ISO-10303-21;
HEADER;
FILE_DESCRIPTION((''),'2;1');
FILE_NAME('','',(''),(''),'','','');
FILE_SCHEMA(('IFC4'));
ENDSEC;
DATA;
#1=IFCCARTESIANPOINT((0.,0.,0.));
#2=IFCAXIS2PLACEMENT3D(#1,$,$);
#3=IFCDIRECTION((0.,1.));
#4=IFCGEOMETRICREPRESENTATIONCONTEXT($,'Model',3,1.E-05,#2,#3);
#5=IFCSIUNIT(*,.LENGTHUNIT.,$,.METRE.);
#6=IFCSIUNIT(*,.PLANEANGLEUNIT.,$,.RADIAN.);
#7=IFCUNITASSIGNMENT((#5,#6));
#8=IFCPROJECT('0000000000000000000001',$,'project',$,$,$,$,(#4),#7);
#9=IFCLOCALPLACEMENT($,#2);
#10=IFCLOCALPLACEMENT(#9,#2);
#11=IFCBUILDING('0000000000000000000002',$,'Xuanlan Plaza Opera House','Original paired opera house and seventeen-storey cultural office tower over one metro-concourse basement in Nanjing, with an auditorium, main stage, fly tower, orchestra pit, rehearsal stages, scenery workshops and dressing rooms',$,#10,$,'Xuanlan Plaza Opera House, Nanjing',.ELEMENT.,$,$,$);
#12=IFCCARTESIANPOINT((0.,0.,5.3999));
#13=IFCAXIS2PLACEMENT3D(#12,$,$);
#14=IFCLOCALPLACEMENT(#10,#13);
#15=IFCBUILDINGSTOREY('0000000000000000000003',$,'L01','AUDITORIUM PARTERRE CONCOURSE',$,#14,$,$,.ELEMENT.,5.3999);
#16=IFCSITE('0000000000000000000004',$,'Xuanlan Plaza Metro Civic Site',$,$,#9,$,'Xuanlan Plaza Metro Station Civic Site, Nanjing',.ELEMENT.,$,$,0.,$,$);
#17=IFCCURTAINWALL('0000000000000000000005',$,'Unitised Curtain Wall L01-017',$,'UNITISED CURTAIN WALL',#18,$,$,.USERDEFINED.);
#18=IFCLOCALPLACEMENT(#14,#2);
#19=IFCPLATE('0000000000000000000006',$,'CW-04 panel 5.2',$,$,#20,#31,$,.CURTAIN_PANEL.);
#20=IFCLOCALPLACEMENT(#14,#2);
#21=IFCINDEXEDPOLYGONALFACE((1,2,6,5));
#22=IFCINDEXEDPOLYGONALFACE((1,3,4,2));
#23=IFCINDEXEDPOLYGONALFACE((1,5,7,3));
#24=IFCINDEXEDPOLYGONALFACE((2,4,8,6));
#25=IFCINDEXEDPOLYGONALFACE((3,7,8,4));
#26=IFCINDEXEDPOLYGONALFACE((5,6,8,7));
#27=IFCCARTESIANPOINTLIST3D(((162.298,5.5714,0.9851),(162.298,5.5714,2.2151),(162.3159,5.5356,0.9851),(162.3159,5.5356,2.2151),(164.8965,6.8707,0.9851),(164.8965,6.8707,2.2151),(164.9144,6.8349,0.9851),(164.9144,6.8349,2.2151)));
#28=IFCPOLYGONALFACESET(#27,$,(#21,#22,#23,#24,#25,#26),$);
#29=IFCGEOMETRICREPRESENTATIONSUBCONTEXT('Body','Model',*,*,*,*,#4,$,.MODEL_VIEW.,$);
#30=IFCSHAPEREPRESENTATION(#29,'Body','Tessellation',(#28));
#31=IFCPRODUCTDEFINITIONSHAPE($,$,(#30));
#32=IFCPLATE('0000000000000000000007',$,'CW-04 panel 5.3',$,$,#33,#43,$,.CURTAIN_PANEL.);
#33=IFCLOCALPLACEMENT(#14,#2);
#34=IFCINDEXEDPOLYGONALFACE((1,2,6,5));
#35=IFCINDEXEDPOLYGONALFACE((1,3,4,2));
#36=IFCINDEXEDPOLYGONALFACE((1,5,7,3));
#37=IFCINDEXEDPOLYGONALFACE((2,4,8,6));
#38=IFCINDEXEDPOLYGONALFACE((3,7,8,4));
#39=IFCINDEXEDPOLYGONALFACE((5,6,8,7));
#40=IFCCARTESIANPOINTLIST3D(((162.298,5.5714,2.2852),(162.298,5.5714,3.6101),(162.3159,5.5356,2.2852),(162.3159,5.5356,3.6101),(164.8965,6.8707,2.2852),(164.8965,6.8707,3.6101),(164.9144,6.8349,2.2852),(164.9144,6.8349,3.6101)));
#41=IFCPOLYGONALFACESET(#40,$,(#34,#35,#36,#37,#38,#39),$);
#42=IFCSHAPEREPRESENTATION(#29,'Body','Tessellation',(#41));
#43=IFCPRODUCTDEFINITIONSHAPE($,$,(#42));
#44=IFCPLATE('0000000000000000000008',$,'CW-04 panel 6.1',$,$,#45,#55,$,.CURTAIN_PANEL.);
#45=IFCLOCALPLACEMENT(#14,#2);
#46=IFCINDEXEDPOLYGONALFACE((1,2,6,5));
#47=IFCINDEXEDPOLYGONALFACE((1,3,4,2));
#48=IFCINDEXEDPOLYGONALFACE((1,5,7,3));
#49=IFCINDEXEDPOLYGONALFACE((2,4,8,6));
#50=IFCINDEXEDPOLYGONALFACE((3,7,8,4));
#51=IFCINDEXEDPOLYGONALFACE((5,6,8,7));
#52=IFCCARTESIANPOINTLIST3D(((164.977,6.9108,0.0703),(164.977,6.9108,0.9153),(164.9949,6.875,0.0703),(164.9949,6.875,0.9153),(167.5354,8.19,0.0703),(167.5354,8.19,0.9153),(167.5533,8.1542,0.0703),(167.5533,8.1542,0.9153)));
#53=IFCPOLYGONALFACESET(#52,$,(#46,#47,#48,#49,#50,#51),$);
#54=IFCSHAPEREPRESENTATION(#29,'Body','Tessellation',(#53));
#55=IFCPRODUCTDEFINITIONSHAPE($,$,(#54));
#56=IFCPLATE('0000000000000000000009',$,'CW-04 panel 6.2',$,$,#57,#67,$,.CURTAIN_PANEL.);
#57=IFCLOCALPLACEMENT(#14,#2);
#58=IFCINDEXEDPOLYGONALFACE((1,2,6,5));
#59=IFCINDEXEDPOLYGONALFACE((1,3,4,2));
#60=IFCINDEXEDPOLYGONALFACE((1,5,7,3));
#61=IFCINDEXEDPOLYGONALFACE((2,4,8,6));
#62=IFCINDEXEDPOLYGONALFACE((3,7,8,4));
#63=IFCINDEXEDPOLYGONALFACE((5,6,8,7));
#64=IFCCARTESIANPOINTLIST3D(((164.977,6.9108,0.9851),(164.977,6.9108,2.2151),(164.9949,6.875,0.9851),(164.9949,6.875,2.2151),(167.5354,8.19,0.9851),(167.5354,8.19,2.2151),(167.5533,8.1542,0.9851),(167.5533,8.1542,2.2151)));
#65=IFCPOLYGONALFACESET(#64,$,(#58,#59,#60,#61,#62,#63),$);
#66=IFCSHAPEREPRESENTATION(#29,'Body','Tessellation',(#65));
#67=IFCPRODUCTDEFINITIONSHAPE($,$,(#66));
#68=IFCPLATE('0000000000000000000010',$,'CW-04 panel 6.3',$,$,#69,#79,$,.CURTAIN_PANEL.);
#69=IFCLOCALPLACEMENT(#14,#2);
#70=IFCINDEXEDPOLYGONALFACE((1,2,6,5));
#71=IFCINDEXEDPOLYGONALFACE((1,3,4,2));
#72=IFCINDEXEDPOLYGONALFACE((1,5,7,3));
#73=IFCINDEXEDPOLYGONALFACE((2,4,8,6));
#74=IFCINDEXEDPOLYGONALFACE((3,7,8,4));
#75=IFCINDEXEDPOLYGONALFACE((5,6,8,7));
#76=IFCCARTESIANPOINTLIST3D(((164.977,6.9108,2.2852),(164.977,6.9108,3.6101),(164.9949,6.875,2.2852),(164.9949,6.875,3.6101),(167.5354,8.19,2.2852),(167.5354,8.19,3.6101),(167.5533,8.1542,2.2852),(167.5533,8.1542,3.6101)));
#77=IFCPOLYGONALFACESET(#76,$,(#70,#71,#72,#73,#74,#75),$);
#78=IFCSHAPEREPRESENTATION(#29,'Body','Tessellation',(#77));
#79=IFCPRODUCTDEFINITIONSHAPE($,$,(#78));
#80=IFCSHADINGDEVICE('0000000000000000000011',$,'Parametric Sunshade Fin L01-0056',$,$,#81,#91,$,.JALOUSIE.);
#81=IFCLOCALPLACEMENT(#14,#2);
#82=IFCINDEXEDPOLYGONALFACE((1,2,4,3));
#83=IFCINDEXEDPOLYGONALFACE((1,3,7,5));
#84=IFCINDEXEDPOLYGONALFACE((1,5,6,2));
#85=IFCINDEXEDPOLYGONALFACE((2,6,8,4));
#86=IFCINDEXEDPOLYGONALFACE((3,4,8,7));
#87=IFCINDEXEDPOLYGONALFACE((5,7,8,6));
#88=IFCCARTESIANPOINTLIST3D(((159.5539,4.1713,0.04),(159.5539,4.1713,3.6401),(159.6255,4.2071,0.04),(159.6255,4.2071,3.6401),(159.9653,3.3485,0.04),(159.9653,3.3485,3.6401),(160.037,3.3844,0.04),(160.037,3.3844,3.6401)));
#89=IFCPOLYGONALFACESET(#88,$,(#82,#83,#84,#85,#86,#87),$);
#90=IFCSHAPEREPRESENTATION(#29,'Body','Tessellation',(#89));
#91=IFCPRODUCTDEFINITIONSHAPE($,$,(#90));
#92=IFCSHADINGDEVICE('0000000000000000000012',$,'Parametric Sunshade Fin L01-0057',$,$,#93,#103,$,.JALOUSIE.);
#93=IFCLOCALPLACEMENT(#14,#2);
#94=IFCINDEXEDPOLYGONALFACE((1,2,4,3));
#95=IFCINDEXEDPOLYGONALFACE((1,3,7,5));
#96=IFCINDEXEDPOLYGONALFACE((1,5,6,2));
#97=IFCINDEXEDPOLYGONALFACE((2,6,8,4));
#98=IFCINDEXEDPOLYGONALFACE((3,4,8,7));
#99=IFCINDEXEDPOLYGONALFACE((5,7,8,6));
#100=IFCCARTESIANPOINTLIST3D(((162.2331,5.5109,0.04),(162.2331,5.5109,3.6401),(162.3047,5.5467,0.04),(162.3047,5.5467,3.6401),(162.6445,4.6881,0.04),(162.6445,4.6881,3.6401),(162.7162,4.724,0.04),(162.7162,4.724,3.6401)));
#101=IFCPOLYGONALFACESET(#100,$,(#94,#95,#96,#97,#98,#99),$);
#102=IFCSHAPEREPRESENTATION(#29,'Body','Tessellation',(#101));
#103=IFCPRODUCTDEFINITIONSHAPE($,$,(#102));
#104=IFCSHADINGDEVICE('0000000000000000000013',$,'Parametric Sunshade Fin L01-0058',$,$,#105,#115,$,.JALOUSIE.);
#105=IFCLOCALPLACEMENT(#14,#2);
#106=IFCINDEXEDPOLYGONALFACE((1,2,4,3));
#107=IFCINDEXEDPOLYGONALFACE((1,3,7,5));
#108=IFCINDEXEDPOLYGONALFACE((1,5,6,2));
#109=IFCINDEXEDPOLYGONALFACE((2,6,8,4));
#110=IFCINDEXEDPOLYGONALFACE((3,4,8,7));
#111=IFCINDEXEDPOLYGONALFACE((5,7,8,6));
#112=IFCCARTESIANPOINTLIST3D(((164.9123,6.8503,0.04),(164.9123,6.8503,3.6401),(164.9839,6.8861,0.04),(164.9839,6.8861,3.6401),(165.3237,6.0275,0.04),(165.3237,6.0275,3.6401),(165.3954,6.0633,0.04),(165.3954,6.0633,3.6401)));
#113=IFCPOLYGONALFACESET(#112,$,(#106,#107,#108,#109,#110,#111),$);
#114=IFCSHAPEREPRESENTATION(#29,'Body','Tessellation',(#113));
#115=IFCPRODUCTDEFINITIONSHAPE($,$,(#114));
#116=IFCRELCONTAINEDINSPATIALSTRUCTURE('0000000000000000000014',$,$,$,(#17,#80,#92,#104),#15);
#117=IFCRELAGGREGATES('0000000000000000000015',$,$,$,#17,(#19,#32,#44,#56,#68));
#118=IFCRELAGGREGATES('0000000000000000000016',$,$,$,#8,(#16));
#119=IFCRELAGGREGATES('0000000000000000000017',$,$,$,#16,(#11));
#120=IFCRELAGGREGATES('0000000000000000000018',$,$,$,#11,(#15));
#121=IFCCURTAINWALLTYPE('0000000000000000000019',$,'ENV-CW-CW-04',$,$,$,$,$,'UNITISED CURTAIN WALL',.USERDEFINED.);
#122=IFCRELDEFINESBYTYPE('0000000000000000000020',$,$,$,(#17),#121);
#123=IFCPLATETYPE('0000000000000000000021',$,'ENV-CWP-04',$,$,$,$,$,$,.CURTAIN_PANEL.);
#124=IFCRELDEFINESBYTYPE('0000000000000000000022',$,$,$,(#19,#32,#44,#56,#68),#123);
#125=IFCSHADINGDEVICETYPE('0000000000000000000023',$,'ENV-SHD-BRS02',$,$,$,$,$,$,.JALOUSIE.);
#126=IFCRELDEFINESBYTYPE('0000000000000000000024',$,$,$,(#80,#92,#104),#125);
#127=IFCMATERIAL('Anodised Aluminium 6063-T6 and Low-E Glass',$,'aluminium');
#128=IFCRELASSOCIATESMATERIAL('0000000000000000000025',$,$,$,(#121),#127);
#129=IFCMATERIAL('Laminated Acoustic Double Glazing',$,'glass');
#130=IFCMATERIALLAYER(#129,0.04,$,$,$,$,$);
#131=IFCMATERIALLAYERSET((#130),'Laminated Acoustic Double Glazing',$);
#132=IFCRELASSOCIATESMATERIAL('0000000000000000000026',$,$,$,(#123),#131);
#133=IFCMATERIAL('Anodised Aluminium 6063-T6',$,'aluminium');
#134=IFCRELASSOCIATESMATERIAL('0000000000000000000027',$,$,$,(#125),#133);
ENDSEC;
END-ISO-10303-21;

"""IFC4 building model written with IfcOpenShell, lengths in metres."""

from ifc_helpers import new_model, si_unit, direction, frame, origin, origin_2d, place, context, subcontext, project, spatial, rectangle, extrude, material, layer, layer_set, type_object, element, aggregate, save


model = new_model("IFC4")

# Units and contexts
model_context = context("Model", 3, precision=1e-05, world=origin(), true_north=direction((0.0, 1.0)))
body_context = subcontext(model_context, "Body", "Model", "MODEL_VIEW")
ifc_project = project(units=[si_unit("LENGTHUNIT", "METRE"), si_unit("PLANEANGLEUNIT", "RADIAN")], contexts=[model_context])

# Site, building, storey
site_placement = place(None, origin())
site = spatial("IfcSite", under=ifc_project, at=site_placement, Name="Xuanlan Plaza Metro Civic Site", LongName="Xuanlan Plaza Metro Station Civic Site, Nanjing", CompositionType="ELEMENT", RefElevation=0.0)
building_placement = place(site_placement, origin())
building = spatial("IfcBuilding", under=site, at=building_placement, Name="Xuanlan Plaza Opera House", Description="Original paired opera house and seventeen-storey cultural office tower over one metro-concourse basement in Nanjing, with an auditorium, main stage, fly tower, orchestra pit, rehearsal stages, scenery workshops and dressing rooms", LongName="Xuanlan Plaza Opera House, Nanjing", CompositionType="ELEMENT")
storey_placement = place(building_placement, frame((0.0, 0.0, 5.3999)))
storey = spatial("IfcBuildingStorey", under=building, at=storey_placement, Name="L01", Description="AUDITORIUM PARTERRE CONCOURSE", CompositionType="ELEMENT", Elevation=5.3999)

# Shared definitions
ifc_material_1 = material(Name="Anodised Aluminium 6063-T6 and Low-E Glass", Category="aluminium")
ifc_material_2 = material(Name="Anodised Aluminium 6063-T6", Category="aluminium")

# Curtain wall
curtain_wall_type_1 = type_object("IfcCurtainWallType", Name="ENV-CW-CW-04", ElementType="UNITISED CURTAIN WALL", PredefinedType="USERDEFINED", material=ifc_material_1)
curtain_wall_1_placement = place(storey_placement, origin())
curtain_wall_1 = element("IfcCurtainWall", 1, at=curtain_wall_1_placement, inside=storey, type_object=curtain_wall_type_1, Name="Unitised Curtain Wall L01-017", ObjectType="UNITISED CURTAIN WALL", PredefinedType="USERDEFINED")

# Plates
ifc_material_3 = material(Name="Laminated Acoustic Double Glazing", Category="glass")
ifc_layer = layer(ifc_material_3, 0.04)
ifc_layer_set = layer_set([ifc_layer], Name="Laminated Acoustic Double Glazing")
plate_type = type_object("IfcPlateType", Name="ENV-CWP-04", PredefinedType="CURTAIN_PANEL", material=ifc_layer_set)
plate_1_placement = place(storey_placement, frame((163.6062, 6.2031, 0.9851), z_axis=(0.0, 0.0, 1.0), x_axis=(0.894427, 0.447214, 0.0)))
plate_1 = element("IfcPlate", 2, at=plate_1_placement, type_object=plate_type, Name="CW-04 panel 5.2", PredefinedType="CURTAIN_PANEL", context=body_context, shape_type="SweptSolid", body=[
    extrude(rectangle(XDim=2.9053, YDim=0.04, at=origin_2d()), origin(), (0.0, 0.0, 1.0), 1.23),
])
plate_2_placement = place(storey_placement, frame((163.6062, 6.2031, 2.2852), z_axis=(0.0, 0.0, 1.0), x_axis=(0.894427, 0.447214, 0.0)))
plate_2 = element("IfcPlate", 3, at=plate_2_placement, type_object=plate_type, Name="CW-04 panel 5.3", PredefinedType="CURTAIN_PANEL", context=body_context, shape_type="SweptSolid", body=[
    extrude(rectangle(XDim=2.9053, YDim=0.04, at=origin_2d()), origin(), (0.0, 0.0, 1.0), 1.325),
])
plate_3_placement = place(storey_placement, frame((166.2651, 7.5325, 0.0703), z_axis=(0.0, 0.0, 1.0), x_axis=(0.894427, 0.447214, 0.0)))
plate_3 = element("IfcPlate", 4, at=plate_3_placement, type_object=plate_type, Name="CW-04 panel 6.1", PredefinedType="CURTAIN_PANEL", context=body_context, shape_type="SweptSolid", body=[
    extrude(rectangle(XDim=2.8604, YDim=0.04, at=origin_2d()), origin(), (0.0, 0.0, 1.0), 0.845),
])
plate_4_placement = place(storey_placement, frame((166.2651, 7.5325, 0.9851), z_axis=(0.0, 0.0, 1.0), x_axis=(0.894427, 0.447214, 0.0)))
plate_4 = element("IfcPlate", 5, at=plate_4_placement, type_object=plate_type, Name="CW-04 panel 6.2", PredefinedType="CURTAIN_PANEL", context=body_context, shape_type="SweptSolid", body=[
    extrude(rectangle(XDim=2.8604, YDim=0.04, at=origin_2d()), origin(), (0.0, 0.0, 1.0), 1.23),
])
plate_5_placement = place(storey_placement, frame((166.2651, 7.5325, 2.2852), z_axis=(0.0, 0.0, 1.0), x_axis=(0.894427, 0.447214, 0.0)))
plate_5 = element("IfcPlate", 6, at=plate_5_placement, type_object=plate_type, Name="CW-04 panel 6.3", PredefinedType="CURTAIN_PANEL", context=body_context, shape_type="SweptSolid", body=[
    extrude(rectangle(XDim=2.8604, YDim=0.04, at=origin_2d()), origin(), (0.0, 0.0, 1.0), 1.325),
])
aggregate(curtain_wall_1, [plate_1, plate_2, plate_3, plate_4, plate_5])

# Shading devices
shading_device_type = type_object("IfcShadingDeviceType", Name="ENV-SHD-BRS02", PredefinedType="JALOUSIE", material=ifc_material_2)
for number, where, z_axis, x_axis, name in (
    (7, (159.7954, 3.7778, 0.04), (0.0, 0.0, 1.0), (0.447291, -0.894389, 0.0), "Parametric Sunshade Fin L01-0056"),
    (8, (162.4746, 5.1174, 0.04), (0.0, 0.0, 1.0), (0.447291, -0.894389, 0.0), "Parametric Sunshade Fin L01-0057"),
    (9, (165.1538, 6.4568, 0.04), (0.0, 0.0, 1.0), (0.447291, -0.894389, 0.0), "Parametric Sunshade Fin L01-0058"),
):
    element("IfcShadingDevice", number, at=place(storey_placement, frame(where, z_axis=z_axis, x_axis=x_axis)), inside=storey, type_object=shading_device_type, Name=name, PredefinedType="JALOUSIE", context=body_context, shape_type="SweptSolid", body=[
        extrude(rectangle(XDim=0.9199, YDim=0.0801, at=origin_2d()), origin(), (0.0, 0.0, 1.0), 3.6001),
    ])

save(model, "model.ifc")
